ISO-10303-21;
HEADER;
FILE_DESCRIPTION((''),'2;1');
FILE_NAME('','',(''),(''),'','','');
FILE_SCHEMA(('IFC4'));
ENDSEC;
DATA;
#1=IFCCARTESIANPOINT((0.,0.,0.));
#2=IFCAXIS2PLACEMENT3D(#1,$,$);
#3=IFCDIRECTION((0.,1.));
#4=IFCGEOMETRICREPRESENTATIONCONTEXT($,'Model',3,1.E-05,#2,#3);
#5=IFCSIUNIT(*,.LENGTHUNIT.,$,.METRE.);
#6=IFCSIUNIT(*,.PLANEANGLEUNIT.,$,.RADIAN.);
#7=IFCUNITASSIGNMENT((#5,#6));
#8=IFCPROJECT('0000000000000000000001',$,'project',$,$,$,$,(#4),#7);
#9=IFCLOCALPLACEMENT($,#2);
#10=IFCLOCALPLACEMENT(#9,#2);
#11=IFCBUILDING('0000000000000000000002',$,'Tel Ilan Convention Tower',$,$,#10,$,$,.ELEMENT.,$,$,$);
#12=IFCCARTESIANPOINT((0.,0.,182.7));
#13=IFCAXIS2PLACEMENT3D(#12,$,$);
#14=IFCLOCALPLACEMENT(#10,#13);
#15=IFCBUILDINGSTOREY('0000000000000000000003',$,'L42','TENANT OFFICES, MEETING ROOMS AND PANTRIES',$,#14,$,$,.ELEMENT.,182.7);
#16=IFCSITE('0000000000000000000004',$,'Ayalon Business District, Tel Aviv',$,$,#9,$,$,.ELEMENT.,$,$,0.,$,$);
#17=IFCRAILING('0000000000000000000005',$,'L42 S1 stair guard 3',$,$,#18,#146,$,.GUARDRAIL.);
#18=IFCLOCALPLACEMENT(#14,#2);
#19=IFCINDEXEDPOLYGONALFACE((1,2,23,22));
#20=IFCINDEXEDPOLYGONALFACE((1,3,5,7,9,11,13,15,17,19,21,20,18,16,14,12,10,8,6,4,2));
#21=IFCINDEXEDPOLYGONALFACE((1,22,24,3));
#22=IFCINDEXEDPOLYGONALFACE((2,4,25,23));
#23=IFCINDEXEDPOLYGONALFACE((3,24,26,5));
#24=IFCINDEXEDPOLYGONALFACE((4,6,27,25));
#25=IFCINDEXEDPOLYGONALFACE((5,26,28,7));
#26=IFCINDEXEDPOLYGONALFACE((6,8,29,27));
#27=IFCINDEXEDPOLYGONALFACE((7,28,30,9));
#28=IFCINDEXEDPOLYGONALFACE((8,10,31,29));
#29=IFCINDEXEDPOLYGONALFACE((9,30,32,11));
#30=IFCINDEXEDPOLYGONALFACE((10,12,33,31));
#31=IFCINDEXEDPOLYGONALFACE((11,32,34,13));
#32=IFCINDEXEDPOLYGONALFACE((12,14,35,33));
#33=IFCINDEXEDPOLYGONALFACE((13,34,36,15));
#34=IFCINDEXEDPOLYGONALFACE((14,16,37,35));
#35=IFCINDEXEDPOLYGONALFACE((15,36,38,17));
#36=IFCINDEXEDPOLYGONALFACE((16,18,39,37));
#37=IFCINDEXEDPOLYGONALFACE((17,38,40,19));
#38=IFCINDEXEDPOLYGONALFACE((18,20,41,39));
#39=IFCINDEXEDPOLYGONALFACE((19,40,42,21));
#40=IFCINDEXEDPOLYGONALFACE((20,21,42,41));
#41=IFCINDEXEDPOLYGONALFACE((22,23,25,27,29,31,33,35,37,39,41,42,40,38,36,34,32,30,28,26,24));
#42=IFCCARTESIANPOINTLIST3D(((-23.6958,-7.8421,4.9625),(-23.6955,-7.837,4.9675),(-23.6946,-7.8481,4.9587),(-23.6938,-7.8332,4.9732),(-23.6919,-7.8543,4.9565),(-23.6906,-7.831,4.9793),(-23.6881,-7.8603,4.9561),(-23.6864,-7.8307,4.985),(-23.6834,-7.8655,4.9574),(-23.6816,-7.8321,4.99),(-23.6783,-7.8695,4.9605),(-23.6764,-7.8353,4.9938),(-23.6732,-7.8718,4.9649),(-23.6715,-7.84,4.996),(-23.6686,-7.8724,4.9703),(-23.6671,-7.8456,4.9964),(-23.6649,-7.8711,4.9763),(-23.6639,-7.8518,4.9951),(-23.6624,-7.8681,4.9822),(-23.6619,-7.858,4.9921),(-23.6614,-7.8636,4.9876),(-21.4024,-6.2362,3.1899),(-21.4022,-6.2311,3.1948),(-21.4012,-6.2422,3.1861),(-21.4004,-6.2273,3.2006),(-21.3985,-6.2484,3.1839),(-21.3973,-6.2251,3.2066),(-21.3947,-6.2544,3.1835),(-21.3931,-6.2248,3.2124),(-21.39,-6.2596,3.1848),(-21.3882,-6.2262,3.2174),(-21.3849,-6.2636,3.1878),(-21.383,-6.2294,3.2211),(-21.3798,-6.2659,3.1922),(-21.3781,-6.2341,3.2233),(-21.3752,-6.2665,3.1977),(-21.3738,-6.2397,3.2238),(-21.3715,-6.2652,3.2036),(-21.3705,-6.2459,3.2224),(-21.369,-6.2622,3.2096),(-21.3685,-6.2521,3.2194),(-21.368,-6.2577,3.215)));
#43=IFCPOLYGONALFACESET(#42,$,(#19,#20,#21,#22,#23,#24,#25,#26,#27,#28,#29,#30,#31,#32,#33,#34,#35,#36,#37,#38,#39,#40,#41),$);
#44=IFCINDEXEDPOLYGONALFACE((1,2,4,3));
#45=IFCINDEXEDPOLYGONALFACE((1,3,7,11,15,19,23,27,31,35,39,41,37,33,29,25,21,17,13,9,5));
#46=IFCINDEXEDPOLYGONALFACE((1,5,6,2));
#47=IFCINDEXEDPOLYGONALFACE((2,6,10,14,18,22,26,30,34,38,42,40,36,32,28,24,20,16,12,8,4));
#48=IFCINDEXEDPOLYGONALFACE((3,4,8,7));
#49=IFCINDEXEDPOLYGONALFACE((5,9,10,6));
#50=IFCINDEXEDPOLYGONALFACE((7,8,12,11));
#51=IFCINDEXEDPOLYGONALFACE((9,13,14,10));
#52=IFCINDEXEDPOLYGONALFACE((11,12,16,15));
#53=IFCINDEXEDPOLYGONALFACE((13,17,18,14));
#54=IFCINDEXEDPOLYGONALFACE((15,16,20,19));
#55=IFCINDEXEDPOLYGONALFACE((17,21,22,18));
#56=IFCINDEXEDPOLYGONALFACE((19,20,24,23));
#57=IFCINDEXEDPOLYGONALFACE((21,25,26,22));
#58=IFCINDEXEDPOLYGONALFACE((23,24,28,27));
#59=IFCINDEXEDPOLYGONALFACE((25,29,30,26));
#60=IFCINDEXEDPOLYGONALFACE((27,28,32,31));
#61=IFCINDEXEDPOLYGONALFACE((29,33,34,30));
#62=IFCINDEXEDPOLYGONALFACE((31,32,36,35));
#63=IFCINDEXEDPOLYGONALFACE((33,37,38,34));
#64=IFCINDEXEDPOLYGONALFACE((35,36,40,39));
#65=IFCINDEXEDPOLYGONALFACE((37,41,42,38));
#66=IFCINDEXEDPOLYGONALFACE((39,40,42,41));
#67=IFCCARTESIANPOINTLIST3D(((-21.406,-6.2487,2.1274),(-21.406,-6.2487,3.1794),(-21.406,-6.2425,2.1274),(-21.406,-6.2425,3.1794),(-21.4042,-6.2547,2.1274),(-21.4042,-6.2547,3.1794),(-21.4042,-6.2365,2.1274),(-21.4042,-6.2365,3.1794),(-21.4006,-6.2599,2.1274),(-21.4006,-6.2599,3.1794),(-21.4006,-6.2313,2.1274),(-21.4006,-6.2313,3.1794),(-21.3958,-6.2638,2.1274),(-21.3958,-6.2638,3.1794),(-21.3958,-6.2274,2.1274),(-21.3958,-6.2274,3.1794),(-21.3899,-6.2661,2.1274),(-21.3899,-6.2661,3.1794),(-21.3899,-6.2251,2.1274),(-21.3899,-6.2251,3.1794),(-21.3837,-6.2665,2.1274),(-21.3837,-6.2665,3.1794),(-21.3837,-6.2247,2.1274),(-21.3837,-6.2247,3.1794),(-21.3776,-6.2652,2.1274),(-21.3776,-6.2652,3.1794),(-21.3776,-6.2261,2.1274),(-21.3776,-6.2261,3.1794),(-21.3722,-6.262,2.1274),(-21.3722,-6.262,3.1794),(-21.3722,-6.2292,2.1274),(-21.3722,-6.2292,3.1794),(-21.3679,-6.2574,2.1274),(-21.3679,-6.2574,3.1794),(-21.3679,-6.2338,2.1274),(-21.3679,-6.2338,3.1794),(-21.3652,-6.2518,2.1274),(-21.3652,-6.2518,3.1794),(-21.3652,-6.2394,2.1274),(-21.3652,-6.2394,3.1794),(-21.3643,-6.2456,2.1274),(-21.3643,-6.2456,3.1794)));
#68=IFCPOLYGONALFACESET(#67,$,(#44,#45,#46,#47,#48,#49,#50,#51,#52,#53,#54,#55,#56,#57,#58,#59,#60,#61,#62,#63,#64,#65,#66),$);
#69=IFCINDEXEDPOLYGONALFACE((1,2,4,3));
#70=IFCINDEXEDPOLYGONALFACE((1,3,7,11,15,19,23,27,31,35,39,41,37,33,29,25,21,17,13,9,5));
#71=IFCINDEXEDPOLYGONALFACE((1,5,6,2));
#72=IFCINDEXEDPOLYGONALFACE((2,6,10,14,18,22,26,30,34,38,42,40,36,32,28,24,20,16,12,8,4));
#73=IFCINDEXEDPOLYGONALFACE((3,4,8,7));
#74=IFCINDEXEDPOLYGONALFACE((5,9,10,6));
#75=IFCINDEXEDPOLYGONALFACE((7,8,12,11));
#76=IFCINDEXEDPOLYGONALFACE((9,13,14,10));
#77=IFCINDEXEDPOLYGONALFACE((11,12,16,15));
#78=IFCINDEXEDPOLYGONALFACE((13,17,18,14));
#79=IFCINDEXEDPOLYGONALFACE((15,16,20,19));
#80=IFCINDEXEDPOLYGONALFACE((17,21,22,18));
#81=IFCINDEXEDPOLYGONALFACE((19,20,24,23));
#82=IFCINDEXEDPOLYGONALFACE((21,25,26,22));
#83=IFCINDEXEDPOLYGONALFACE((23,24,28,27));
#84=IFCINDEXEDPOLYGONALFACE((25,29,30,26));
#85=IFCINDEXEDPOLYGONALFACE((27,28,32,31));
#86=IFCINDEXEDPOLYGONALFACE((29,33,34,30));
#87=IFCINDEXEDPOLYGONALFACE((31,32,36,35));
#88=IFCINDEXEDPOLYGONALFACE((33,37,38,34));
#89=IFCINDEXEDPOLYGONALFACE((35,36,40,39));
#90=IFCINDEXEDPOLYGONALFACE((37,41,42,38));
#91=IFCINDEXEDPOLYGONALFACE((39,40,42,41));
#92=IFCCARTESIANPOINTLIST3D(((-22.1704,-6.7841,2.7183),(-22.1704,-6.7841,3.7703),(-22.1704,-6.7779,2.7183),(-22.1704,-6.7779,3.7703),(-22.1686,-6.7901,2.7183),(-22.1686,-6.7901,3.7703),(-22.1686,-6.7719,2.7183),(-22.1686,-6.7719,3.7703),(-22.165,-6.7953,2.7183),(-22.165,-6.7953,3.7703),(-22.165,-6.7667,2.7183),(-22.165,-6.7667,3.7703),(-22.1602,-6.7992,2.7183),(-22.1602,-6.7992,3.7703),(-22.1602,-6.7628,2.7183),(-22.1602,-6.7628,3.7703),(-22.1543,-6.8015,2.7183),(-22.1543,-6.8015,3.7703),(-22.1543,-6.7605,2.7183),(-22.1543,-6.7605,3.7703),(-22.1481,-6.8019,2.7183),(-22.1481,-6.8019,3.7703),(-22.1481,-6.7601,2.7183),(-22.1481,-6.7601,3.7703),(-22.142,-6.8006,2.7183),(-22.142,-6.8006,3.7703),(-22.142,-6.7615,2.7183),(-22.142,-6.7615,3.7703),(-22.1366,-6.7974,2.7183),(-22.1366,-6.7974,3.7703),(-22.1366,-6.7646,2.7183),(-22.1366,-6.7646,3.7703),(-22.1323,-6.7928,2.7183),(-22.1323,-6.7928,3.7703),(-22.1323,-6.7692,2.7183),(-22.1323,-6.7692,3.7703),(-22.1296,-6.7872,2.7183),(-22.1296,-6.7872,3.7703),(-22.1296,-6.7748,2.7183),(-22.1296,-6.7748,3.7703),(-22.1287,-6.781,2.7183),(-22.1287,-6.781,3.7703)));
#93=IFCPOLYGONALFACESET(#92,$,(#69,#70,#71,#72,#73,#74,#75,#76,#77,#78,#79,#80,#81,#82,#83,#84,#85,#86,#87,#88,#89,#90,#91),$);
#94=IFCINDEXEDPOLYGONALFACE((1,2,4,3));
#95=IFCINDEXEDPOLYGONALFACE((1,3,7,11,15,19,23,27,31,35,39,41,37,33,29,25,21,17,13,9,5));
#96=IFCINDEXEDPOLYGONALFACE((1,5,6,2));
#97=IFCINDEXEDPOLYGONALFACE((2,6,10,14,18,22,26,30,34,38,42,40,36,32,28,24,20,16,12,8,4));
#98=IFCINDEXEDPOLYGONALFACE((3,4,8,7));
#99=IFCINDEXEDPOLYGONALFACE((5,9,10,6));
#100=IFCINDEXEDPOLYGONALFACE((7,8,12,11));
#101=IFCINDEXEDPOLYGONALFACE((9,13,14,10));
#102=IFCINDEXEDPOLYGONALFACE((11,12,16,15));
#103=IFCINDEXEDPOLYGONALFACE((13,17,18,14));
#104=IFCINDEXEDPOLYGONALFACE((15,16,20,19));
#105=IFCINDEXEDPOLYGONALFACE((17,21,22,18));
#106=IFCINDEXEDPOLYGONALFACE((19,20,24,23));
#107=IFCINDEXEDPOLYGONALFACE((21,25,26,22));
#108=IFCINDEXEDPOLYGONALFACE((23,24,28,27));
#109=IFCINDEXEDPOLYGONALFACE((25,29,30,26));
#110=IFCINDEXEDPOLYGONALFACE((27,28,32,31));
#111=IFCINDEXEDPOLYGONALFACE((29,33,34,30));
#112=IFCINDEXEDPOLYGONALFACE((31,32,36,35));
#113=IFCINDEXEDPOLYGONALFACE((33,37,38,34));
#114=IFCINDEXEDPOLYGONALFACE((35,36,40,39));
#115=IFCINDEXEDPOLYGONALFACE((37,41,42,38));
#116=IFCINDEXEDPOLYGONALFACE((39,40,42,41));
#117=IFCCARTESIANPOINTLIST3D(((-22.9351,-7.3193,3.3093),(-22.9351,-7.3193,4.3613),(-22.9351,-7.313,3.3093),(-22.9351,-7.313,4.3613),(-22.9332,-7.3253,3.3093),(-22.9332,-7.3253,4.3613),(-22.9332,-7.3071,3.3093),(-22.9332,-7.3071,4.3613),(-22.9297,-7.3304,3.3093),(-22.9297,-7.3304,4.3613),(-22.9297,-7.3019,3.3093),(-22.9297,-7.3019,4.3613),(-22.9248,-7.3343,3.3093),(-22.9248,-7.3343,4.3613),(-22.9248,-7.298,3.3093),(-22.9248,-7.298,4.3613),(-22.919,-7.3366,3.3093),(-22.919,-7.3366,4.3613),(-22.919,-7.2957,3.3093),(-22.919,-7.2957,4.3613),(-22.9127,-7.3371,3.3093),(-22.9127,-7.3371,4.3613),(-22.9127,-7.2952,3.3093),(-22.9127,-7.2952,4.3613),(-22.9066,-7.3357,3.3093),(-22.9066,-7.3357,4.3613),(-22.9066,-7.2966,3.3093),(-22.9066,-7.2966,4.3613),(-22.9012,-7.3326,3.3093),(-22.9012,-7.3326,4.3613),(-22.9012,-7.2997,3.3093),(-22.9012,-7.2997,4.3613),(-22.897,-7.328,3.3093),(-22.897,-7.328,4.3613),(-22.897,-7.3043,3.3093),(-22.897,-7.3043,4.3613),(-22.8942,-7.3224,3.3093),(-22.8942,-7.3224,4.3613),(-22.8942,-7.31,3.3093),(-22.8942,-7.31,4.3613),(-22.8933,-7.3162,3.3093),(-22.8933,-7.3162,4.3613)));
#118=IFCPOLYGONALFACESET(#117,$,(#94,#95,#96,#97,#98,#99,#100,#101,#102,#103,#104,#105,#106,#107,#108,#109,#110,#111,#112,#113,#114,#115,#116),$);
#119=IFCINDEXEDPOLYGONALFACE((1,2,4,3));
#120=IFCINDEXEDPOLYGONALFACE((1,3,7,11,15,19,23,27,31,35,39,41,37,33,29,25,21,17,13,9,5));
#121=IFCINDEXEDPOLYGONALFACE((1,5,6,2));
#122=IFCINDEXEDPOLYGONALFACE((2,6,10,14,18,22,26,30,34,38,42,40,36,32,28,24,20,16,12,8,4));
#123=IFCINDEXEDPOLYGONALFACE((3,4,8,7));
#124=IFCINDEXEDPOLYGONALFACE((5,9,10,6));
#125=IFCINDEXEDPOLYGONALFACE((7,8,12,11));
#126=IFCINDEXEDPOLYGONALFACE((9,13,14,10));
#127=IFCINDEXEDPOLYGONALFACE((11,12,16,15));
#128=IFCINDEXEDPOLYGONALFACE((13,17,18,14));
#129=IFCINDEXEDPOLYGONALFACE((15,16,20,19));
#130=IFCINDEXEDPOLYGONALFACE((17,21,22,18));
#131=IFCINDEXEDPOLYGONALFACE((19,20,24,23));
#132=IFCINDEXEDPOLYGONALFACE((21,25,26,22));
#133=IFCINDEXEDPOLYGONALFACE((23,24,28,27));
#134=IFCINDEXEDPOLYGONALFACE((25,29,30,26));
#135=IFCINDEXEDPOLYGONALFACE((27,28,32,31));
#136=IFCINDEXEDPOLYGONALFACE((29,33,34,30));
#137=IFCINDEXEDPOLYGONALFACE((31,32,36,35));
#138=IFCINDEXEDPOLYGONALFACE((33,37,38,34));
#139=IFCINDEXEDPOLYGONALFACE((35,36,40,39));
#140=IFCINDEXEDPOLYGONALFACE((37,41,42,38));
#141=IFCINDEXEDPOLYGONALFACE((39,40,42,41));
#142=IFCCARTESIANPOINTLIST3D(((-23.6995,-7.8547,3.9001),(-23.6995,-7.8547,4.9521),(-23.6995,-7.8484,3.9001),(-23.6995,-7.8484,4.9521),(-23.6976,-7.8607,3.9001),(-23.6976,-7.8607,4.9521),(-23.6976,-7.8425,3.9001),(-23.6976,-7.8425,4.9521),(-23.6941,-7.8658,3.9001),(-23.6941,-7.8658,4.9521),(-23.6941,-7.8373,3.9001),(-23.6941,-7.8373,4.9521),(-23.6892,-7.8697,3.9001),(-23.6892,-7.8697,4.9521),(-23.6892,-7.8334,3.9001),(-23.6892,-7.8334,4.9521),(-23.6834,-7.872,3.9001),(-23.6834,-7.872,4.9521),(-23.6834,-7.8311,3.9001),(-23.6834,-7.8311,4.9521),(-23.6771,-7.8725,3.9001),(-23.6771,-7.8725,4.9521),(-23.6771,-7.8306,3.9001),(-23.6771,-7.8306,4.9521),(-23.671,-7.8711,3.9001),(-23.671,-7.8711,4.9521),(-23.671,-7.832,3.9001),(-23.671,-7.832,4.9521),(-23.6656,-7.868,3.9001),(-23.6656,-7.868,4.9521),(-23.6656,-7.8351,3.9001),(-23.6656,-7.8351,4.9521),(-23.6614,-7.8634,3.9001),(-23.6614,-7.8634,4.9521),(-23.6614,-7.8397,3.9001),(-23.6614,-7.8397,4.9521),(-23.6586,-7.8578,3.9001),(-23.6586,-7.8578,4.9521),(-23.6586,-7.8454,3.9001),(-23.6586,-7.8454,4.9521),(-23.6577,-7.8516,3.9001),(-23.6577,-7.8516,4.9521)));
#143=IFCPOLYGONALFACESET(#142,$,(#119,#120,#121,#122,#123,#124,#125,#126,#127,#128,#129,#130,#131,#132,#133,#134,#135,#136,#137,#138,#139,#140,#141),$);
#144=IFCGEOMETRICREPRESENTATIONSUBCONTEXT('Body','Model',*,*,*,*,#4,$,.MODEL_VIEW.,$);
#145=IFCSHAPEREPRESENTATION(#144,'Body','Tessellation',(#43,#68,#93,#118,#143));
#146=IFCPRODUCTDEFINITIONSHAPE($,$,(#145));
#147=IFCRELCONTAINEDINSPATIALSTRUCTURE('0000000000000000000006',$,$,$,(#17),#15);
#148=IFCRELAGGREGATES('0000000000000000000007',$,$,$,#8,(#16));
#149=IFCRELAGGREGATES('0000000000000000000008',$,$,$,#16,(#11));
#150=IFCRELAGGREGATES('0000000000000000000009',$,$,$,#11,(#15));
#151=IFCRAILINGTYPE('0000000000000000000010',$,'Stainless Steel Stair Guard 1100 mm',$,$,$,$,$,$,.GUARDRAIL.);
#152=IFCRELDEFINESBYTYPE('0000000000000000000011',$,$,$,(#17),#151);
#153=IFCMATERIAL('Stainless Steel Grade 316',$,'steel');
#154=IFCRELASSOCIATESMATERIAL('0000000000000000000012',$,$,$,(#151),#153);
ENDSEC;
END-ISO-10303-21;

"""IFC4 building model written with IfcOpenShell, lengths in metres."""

from ifc_helpers import new_model, si_unit, direction, frame, origin, origin_2d, place, context, subcontext, project, spatial, circle, extrude, material, type_object, element, save


model = new_model("IFC4")

# Units and contexts
model_context = context("Model", 3, precision=1e-05, world=origin(), true_north=direction((0.0, 1.0)))
body_context = subcontext(model_context, "Body", "Model", "MODEL_VIEW")
ifc_project = project(units=[si_unit("LENGTHUNIT", "METRE"), si_unit("PLANEANGLEUNIT", "RADIAN")], contexts=[model_context])

# Site, building, storey
site_placement = place(None, origin())
site = spatial("IfcSite", under=ifc_project, at=site_placement, Name="Ayalon Business District, Tel Aviv", CompositionType="ELEMENT", RefElevation=0.0)
building_placement = place(site_placement, origin())
building = spatial("IfcBuilding", under=site, at=building_placement, Name="Tel Ilan Convention Tower", CompositionType="ELEMENT")
storey_placement = place(building_placement, frame((0.0, 0.0, 182.7)))
storey = spatial("IfcBuildingStorey", under=building, at=storey_placement, Name="L42", Description="TENANT OFFICES, MEETING ROOMS AND PANTRIES", CompositionType="ELEMENT", Elevation=182.7)

# Railing
ifc_material_1 = material(Name="Stainless Steel Grade 316", Category="steel")
railing_type_1 = type_object("IfcRailingType", Name="Stainless Steel Stair Guard 1100 mm", PredefinedType="GUARDRAIL", material=ifc_material_1)
railing_1_placement = place(storey_placement, frame((-21.3853, -6.2456, 2.1274)))
element("IfcRailing", 1, at=railing_1_placement, inside=storey, type_object=railing_type_1, Name="L42 S1 stair guard 3", PredefinedType="GUARDRAIL", context=body_context, shape_type="SweptSolid", body=[
    extrude(circle(Radius=0.0239, at=origin_2d()), frame((0.0, 0.0, 1.0762), z_axis=(-0.692085, -0.484621, 0.53494), x_axis=(0.573591, -0.819142, 0.0)), (0.0, 0.0, 1.0), 3.3137),
    extrude(circle(Radius=0.021, at=origin_2d()), origin(), (0.0, 0.0, 1.0), 1.052),
    extrude(circle(Radius=0.021, at=origin_2d()), frame((-0.7644, -0.5354, 0.5908)), (0.0, 0.0, 1.0), 1.052),
    extrude(circle(Radius=0.021, at=origin_2d()), frame((-1.5291, -1.0706, 1.1819)), (0.0, 0.0, 1.0), 1.052),
    extrude(circle(Radius=0.021, at=origin_2d()), frame((-2.2935, -1.606, 1.7727)), (0.0, 0.0, 1.0), 1.052),
])

save(model, "model.ifc")
